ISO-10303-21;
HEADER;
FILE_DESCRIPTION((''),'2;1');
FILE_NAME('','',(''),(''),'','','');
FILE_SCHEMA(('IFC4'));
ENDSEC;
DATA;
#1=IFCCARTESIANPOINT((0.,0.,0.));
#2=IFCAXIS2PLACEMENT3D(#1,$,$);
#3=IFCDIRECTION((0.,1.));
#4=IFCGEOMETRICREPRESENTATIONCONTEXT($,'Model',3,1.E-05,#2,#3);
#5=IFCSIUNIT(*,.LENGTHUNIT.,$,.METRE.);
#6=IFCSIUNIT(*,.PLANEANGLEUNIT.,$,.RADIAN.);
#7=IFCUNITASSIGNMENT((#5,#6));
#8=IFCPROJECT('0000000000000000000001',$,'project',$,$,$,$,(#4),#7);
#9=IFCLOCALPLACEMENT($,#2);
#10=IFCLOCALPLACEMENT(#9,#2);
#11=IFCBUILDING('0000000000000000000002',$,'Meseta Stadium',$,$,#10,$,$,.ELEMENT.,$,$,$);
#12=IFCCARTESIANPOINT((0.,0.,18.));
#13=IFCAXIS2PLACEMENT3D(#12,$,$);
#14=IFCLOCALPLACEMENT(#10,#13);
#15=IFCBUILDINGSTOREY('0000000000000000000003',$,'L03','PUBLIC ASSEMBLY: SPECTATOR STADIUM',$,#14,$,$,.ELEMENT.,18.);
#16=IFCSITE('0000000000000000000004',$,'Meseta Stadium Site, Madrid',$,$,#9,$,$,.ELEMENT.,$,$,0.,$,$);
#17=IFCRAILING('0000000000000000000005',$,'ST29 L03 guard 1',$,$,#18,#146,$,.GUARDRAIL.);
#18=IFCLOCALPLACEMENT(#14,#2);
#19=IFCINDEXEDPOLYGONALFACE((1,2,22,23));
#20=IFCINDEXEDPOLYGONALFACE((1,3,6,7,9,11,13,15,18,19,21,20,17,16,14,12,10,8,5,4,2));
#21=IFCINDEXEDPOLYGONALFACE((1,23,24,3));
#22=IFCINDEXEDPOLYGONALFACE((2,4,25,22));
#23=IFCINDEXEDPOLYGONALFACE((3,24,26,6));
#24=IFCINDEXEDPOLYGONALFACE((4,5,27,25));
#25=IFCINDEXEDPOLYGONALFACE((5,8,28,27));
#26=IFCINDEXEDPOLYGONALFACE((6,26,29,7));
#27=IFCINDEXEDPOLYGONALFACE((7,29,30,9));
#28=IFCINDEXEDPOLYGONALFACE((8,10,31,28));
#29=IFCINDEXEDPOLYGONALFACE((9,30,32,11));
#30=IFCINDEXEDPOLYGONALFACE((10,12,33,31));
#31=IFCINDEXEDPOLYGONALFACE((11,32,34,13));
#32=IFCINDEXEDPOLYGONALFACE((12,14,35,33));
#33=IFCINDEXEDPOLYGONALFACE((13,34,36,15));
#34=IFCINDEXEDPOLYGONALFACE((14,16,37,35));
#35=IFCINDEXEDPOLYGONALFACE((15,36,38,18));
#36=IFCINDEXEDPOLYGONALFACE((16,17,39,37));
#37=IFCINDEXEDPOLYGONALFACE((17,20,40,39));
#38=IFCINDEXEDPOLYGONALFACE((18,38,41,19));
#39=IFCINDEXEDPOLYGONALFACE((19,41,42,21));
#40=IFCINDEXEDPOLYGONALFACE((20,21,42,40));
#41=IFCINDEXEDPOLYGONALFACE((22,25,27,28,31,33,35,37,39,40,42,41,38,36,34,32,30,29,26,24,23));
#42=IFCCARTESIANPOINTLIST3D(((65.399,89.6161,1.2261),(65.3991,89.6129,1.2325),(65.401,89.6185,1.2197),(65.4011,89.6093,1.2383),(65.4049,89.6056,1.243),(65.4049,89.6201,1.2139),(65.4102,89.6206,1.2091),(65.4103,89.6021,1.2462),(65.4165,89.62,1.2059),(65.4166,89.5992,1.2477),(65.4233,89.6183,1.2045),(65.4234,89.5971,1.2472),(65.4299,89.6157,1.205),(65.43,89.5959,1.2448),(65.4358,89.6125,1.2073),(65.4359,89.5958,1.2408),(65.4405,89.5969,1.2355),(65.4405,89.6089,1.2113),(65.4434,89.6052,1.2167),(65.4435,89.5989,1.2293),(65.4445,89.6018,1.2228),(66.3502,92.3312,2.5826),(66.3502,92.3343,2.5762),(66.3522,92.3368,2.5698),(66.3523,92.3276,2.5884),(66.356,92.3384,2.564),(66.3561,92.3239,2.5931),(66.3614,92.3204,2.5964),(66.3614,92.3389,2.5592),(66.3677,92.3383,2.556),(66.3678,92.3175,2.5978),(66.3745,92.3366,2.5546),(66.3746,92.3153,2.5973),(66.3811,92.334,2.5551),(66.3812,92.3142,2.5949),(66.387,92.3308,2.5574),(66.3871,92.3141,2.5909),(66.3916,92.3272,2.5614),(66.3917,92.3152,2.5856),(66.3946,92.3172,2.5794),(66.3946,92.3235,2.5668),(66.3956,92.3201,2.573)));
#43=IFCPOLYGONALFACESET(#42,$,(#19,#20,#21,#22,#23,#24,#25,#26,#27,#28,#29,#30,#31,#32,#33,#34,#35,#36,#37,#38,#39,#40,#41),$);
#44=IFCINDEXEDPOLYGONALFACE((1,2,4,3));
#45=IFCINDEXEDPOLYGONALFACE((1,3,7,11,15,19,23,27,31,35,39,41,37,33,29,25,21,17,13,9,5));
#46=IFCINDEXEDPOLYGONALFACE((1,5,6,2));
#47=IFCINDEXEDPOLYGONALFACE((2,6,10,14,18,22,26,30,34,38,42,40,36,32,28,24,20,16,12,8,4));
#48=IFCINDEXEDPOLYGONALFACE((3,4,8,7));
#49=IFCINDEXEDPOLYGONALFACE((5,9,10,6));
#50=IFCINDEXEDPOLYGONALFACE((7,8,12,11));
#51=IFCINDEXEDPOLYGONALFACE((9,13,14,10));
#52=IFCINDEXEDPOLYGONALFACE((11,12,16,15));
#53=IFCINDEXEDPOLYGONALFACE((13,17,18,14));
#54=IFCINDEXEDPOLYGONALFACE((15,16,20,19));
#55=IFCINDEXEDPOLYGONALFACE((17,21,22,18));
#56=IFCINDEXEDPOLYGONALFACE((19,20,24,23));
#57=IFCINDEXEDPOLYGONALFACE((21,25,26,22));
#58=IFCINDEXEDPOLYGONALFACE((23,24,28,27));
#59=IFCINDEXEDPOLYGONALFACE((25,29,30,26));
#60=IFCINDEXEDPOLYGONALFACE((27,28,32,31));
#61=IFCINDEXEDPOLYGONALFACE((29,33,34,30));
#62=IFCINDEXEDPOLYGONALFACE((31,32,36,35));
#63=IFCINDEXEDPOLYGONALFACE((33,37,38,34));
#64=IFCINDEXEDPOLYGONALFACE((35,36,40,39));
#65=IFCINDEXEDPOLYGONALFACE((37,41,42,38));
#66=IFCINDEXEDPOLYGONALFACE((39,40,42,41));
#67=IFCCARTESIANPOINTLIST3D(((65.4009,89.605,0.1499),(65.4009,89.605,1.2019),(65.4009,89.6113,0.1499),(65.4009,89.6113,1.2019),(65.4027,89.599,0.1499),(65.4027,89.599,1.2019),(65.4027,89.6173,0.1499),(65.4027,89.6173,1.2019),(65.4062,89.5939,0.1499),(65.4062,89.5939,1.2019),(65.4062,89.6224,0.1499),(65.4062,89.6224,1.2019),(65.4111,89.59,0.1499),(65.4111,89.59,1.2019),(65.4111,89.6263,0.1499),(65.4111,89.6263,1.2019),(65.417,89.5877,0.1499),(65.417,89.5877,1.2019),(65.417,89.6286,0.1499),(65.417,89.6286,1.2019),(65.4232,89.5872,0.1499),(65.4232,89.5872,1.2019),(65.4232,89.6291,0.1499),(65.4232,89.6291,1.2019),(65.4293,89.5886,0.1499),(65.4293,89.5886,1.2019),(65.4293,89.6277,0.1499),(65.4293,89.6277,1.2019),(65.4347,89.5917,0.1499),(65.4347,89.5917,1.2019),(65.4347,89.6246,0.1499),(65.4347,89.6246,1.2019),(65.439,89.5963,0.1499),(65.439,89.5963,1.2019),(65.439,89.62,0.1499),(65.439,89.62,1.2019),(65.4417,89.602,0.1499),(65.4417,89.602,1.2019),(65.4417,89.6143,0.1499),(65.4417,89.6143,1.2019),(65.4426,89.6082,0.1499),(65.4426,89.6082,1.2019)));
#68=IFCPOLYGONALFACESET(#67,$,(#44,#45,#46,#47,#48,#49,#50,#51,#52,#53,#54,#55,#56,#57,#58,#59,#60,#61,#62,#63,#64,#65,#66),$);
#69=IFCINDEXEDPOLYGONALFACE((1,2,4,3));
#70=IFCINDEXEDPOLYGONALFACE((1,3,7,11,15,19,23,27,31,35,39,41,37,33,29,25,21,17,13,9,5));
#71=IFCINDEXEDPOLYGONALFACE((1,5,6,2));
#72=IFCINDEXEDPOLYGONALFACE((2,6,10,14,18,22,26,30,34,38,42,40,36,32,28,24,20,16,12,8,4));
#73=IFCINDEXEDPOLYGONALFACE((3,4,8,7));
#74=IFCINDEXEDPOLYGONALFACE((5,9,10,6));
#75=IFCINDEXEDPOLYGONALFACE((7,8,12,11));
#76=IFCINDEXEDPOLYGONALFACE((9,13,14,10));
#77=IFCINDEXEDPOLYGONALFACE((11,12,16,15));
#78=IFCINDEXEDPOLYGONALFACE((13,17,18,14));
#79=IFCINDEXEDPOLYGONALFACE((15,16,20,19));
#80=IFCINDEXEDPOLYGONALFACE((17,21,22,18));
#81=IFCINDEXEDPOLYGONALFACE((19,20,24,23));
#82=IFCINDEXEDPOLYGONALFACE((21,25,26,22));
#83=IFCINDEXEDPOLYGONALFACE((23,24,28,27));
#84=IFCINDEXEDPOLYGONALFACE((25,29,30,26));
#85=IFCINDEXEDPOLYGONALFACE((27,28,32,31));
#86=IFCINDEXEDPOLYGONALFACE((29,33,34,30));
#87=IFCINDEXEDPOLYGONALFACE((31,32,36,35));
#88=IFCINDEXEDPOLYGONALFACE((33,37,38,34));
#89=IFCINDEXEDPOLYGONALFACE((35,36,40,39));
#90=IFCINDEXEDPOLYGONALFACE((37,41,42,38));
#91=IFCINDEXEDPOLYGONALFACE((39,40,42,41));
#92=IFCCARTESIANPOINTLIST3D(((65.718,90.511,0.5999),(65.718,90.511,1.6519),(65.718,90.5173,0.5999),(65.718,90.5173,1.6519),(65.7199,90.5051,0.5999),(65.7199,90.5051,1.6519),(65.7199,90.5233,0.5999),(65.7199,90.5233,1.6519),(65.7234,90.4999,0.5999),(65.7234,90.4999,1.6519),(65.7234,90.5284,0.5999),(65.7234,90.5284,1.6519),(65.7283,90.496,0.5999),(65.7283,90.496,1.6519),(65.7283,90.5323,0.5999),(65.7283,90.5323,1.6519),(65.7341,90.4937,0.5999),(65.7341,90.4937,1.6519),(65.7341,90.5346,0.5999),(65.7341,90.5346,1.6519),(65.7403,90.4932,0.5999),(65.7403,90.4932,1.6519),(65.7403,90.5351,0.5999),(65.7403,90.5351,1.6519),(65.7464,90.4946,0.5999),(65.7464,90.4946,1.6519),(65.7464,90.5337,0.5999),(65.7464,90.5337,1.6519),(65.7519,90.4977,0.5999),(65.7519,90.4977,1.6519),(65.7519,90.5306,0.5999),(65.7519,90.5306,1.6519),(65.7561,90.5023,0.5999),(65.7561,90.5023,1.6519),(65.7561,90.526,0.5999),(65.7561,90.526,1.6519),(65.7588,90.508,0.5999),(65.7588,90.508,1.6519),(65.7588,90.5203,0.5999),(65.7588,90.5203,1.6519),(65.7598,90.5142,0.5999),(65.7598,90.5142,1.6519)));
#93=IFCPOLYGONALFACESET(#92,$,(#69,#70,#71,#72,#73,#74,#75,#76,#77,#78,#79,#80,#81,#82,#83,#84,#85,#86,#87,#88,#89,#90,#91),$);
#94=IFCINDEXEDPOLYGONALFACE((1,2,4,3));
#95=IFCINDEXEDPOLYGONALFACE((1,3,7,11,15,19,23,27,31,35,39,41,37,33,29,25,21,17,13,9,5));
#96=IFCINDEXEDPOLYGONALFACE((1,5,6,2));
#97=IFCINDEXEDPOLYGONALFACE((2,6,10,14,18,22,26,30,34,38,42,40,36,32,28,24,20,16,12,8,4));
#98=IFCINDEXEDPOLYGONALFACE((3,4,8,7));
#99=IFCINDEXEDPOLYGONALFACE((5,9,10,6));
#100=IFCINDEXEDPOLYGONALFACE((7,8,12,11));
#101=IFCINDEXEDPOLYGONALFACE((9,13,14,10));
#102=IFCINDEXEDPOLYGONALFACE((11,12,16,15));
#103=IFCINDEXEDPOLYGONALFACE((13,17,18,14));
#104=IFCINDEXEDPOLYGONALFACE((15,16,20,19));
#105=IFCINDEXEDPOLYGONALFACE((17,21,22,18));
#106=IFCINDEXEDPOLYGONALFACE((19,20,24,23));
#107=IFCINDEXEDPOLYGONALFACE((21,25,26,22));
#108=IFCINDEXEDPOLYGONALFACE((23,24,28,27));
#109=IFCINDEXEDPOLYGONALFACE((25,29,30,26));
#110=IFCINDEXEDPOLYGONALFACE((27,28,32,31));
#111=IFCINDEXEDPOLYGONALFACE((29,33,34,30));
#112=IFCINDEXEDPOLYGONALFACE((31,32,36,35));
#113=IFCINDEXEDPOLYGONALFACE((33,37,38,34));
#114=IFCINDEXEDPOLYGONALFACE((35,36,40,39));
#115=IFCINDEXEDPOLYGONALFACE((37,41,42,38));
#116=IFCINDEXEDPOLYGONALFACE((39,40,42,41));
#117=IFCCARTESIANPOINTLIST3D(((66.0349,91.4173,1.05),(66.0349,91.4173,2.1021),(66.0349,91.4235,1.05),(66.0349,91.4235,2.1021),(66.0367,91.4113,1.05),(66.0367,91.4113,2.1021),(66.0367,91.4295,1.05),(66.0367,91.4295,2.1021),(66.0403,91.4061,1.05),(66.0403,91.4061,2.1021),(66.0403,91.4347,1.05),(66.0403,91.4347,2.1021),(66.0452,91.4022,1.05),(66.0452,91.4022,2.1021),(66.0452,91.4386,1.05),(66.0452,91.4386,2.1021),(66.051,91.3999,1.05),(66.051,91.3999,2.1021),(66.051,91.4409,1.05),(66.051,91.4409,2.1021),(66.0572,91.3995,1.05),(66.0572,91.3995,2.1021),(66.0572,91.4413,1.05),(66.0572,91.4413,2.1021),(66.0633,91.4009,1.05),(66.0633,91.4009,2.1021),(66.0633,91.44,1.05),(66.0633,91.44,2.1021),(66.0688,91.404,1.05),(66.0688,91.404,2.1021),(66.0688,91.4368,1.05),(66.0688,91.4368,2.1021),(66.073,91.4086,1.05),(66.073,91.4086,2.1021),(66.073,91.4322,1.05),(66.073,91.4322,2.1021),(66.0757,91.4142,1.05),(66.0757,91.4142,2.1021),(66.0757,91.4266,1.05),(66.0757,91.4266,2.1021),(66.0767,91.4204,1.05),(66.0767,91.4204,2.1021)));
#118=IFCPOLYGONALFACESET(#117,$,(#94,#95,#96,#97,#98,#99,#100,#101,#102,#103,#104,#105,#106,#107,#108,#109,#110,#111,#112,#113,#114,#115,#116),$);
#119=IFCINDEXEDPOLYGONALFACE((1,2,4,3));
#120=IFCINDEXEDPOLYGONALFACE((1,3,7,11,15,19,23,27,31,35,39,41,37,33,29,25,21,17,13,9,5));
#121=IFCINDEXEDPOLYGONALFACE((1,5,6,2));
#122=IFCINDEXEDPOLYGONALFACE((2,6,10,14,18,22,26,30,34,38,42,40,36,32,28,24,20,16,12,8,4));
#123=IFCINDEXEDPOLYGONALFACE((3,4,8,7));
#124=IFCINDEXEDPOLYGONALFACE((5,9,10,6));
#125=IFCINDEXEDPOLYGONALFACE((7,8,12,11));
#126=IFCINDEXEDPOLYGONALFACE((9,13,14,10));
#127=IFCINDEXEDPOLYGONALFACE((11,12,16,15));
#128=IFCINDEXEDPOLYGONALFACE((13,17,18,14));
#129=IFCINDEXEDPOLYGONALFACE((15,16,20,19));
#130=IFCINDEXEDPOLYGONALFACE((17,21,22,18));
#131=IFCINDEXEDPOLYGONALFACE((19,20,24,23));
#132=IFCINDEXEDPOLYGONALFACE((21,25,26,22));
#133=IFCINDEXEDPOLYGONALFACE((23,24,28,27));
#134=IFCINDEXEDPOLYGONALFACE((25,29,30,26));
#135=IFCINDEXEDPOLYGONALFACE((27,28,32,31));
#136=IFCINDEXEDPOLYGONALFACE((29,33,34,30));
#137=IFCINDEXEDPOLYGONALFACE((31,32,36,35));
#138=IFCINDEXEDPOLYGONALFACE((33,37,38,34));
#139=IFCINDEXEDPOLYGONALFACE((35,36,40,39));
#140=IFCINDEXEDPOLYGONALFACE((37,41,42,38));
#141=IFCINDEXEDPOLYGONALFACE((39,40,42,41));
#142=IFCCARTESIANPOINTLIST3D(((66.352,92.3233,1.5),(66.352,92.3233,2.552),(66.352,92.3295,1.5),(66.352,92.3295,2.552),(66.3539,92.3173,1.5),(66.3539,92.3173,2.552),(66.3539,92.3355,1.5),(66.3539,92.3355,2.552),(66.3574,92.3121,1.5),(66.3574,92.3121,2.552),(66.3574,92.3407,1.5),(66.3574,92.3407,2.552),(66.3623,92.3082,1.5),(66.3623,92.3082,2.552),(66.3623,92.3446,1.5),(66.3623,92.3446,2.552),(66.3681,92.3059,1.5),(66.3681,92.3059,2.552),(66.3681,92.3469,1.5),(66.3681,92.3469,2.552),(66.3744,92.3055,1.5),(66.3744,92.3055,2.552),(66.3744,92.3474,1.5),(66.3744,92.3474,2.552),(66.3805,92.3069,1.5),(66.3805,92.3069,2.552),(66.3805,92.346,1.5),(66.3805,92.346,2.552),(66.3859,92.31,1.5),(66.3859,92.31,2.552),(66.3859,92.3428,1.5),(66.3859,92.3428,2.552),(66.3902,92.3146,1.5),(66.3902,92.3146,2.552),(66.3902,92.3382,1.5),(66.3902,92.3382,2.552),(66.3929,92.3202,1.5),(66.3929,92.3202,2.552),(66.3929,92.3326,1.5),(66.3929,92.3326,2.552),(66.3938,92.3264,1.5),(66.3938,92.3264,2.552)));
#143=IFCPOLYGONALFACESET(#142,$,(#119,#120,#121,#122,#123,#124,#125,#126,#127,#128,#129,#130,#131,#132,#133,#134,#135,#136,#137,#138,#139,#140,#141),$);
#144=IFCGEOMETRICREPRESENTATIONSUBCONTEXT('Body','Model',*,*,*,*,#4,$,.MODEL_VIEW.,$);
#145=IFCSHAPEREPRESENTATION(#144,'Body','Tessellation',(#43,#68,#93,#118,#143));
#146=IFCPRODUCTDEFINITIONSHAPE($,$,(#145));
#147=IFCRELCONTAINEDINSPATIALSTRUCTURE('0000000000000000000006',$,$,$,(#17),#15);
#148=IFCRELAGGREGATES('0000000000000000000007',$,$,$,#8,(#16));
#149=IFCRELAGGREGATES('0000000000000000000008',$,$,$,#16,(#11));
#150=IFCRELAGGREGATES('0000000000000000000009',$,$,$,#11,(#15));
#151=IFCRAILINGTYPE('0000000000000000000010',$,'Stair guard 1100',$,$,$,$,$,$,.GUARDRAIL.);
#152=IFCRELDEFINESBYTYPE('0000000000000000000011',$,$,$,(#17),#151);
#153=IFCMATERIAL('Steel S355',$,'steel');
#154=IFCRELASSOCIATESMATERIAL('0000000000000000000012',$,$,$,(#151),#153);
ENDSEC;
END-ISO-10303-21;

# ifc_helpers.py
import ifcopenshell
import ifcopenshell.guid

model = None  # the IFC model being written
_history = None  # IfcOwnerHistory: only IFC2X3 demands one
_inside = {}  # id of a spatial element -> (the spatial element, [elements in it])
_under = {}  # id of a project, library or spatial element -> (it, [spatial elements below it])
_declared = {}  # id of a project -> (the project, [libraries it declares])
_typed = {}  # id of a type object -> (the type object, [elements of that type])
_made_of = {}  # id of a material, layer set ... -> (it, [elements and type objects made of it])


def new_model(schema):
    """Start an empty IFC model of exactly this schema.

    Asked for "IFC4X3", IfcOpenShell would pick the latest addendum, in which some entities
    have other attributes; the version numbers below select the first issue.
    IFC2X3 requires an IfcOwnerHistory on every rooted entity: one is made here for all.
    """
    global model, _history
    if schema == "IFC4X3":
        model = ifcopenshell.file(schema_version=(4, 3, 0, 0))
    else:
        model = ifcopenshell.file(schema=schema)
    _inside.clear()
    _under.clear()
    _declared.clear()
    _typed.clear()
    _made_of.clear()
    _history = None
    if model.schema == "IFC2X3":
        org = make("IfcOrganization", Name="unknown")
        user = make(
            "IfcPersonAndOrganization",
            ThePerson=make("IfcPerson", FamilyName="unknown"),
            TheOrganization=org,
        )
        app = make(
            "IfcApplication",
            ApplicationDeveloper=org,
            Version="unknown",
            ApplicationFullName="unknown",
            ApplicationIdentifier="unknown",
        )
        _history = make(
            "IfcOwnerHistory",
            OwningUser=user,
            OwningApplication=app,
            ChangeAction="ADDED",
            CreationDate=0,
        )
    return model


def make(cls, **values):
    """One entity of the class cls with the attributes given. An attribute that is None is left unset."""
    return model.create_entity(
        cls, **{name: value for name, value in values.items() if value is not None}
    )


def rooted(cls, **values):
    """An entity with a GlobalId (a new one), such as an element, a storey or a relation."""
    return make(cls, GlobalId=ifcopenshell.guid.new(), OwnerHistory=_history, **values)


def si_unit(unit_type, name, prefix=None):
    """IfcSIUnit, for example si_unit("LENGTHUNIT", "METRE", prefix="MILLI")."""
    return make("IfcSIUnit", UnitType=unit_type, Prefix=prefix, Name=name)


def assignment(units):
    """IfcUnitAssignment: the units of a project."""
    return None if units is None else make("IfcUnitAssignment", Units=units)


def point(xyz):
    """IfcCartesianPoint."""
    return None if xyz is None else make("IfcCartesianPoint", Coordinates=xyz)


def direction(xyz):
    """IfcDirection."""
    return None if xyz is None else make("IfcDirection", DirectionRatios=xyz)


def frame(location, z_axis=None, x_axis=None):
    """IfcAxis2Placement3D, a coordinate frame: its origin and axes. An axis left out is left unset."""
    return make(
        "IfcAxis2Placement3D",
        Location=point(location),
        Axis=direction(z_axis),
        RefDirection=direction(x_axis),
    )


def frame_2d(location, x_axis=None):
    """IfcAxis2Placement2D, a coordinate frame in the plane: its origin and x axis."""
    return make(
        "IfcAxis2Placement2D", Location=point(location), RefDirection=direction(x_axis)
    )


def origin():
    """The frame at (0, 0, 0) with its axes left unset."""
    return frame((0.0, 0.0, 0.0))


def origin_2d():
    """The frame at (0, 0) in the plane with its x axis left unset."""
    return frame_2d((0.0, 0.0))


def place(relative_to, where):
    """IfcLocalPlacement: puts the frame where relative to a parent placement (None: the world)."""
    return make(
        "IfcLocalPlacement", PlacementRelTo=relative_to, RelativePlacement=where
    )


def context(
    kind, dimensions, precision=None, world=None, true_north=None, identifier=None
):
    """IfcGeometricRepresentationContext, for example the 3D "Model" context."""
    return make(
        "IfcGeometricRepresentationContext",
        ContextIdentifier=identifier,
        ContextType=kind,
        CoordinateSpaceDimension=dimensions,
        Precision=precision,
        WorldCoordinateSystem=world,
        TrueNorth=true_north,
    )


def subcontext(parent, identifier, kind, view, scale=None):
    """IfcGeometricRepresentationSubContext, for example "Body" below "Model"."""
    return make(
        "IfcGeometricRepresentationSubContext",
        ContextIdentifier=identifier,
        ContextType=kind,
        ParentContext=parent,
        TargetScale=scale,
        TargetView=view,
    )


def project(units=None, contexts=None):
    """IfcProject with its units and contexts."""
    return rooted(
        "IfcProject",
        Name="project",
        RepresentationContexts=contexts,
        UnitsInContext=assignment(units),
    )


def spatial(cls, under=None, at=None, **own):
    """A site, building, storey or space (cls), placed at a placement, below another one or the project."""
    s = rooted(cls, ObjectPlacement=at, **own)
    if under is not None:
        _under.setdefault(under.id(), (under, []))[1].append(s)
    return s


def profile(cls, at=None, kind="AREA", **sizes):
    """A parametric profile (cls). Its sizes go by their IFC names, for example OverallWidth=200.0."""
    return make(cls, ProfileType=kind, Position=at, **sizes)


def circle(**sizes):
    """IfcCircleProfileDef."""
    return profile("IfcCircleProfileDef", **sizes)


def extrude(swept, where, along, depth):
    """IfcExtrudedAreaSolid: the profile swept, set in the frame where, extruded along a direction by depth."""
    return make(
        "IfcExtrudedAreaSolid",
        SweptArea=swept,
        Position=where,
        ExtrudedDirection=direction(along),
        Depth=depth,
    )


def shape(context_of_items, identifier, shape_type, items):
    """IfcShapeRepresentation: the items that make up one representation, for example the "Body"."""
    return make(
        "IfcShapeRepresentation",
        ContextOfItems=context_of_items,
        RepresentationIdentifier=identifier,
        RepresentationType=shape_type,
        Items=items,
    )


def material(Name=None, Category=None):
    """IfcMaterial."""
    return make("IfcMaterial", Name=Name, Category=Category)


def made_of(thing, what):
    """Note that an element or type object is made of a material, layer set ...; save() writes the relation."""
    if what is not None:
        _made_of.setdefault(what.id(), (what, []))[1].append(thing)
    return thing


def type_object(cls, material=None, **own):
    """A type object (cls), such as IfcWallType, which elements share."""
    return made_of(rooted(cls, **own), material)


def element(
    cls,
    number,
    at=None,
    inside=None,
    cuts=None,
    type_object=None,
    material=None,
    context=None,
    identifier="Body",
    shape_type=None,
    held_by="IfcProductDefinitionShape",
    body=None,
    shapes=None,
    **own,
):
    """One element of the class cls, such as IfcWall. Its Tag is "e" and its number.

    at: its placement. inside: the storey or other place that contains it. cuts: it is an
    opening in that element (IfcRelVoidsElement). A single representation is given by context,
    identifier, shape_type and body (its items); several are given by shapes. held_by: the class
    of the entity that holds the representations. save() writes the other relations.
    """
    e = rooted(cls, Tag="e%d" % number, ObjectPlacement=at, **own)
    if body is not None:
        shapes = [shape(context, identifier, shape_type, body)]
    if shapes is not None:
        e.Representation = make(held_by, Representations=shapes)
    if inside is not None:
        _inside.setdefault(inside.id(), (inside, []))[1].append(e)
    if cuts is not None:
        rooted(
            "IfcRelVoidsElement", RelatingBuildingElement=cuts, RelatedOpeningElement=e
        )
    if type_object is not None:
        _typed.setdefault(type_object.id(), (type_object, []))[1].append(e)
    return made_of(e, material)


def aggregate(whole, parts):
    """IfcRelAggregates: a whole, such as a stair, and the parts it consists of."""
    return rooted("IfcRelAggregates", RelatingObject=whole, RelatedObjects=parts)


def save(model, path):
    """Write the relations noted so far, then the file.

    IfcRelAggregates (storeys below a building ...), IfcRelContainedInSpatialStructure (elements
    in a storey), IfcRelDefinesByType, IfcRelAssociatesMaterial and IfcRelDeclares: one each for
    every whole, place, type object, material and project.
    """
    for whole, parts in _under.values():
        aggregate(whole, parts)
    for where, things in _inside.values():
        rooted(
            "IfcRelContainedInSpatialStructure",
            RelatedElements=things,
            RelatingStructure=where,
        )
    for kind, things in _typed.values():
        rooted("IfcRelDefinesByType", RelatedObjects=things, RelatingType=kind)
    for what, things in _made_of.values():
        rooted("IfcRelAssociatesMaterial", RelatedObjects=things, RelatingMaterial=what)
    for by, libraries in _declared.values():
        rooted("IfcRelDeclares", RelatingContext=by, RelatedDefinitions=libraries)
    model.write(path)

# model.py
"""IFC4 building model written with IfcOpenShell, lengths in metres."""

from ifc_helpers import new_model, si_unit, direction, frame, origin, origin_2d, place, context, subcontext, project, spatial, circle, extrude, material, type_object, element, save


model = new_model("IFC4")

# Units and contexts
model_context = context("Model", 3, precision=1e-05, world=origin(), true_north=direction((0.0, 1.0)))
body_context = subcontext(model_context, "Body", "Model", "MODEL_VIEW")
ifc_project = project(units=[si_unit("LENGTHUNIT", "METRE"), si_unit("PLANEANGLEUNIT", "RADIAN")], contexts=[model_context])

# Site, building, storey
site_placement = place(None, origin())
site = spatial("IfcSite", under=ifc_project, at=site_placement, Name="Meseta Stadium Site, Madrid", CompositionType="ELEMENT", RefElevation=0.0)
building_placement = place(site_placement, origin())
building = spatial("IfcBuilding", under=site, at=building_placement, Name="Meseta Stadium", CompositionType="ELEMENT")
storey_placement = place(building_placement, frame((0.0, 0.0, 18.0)))
storey = spatial("IfcBuildingStorey", under=building, at=storey_placement, Name="L03", Description="PUBLIC ASSEMBLY: SPECTATOR STADIUM", CompositionType="ELEMENT", Elevation=18.0)

# Railing
ifc_material_1 = material(Name="Steel S355", Category="steel")
railing_type_1 = type_object("IfcRailingType", Name="Stair guard 1100", PredefinedType="GUARDRAIL", material=ifc_material_1)
railing_1_placement = place(storey_placement, frame((65.4216, 89.6082, 0.1499)))
element("IfcRailing", 1, at=railing_1_placement, inside=storey, type_object=railing_type_1, Name="ST29 L03 guard 1", PredefinedType="GUARDRAIL", context=body_context, shape_type="SweptSolid", body=[
    extrude(circle(Radius=0.0239, at=origin_2d()), frame((0.0, 0.0, 1.0762), z_axis=(0.299051, 0.854629, 0.424474), x_axis=(-0.943882, 0.330282, 0.0)), (0.0, 0.0, 1.0), 3.1807),
    extrude(circle(Radius=0.021, at=origin_2d()), origin(), (0.0, 0.0, 1.0), 1.052),
    extrude(circle(Radius=0.021, at=origin_2d()), frame((0.3171, 0.906, 0.45)), (0.0, 0.0, 1.0), 1.052),
    extrude(circle(Radius=0.021, at=origin_2d()), frame((0.634, 1.8123, 0.9001)), (0.0, 0.0, 1.0), 1.052),
    extrude(circle(Radius=0.021, at=origin_2d()), frame((0.9512, 2.7183, 1.3501)), (0.0, 0.0, 1.0), 1.052),
])

save(model, "model.ifc")
